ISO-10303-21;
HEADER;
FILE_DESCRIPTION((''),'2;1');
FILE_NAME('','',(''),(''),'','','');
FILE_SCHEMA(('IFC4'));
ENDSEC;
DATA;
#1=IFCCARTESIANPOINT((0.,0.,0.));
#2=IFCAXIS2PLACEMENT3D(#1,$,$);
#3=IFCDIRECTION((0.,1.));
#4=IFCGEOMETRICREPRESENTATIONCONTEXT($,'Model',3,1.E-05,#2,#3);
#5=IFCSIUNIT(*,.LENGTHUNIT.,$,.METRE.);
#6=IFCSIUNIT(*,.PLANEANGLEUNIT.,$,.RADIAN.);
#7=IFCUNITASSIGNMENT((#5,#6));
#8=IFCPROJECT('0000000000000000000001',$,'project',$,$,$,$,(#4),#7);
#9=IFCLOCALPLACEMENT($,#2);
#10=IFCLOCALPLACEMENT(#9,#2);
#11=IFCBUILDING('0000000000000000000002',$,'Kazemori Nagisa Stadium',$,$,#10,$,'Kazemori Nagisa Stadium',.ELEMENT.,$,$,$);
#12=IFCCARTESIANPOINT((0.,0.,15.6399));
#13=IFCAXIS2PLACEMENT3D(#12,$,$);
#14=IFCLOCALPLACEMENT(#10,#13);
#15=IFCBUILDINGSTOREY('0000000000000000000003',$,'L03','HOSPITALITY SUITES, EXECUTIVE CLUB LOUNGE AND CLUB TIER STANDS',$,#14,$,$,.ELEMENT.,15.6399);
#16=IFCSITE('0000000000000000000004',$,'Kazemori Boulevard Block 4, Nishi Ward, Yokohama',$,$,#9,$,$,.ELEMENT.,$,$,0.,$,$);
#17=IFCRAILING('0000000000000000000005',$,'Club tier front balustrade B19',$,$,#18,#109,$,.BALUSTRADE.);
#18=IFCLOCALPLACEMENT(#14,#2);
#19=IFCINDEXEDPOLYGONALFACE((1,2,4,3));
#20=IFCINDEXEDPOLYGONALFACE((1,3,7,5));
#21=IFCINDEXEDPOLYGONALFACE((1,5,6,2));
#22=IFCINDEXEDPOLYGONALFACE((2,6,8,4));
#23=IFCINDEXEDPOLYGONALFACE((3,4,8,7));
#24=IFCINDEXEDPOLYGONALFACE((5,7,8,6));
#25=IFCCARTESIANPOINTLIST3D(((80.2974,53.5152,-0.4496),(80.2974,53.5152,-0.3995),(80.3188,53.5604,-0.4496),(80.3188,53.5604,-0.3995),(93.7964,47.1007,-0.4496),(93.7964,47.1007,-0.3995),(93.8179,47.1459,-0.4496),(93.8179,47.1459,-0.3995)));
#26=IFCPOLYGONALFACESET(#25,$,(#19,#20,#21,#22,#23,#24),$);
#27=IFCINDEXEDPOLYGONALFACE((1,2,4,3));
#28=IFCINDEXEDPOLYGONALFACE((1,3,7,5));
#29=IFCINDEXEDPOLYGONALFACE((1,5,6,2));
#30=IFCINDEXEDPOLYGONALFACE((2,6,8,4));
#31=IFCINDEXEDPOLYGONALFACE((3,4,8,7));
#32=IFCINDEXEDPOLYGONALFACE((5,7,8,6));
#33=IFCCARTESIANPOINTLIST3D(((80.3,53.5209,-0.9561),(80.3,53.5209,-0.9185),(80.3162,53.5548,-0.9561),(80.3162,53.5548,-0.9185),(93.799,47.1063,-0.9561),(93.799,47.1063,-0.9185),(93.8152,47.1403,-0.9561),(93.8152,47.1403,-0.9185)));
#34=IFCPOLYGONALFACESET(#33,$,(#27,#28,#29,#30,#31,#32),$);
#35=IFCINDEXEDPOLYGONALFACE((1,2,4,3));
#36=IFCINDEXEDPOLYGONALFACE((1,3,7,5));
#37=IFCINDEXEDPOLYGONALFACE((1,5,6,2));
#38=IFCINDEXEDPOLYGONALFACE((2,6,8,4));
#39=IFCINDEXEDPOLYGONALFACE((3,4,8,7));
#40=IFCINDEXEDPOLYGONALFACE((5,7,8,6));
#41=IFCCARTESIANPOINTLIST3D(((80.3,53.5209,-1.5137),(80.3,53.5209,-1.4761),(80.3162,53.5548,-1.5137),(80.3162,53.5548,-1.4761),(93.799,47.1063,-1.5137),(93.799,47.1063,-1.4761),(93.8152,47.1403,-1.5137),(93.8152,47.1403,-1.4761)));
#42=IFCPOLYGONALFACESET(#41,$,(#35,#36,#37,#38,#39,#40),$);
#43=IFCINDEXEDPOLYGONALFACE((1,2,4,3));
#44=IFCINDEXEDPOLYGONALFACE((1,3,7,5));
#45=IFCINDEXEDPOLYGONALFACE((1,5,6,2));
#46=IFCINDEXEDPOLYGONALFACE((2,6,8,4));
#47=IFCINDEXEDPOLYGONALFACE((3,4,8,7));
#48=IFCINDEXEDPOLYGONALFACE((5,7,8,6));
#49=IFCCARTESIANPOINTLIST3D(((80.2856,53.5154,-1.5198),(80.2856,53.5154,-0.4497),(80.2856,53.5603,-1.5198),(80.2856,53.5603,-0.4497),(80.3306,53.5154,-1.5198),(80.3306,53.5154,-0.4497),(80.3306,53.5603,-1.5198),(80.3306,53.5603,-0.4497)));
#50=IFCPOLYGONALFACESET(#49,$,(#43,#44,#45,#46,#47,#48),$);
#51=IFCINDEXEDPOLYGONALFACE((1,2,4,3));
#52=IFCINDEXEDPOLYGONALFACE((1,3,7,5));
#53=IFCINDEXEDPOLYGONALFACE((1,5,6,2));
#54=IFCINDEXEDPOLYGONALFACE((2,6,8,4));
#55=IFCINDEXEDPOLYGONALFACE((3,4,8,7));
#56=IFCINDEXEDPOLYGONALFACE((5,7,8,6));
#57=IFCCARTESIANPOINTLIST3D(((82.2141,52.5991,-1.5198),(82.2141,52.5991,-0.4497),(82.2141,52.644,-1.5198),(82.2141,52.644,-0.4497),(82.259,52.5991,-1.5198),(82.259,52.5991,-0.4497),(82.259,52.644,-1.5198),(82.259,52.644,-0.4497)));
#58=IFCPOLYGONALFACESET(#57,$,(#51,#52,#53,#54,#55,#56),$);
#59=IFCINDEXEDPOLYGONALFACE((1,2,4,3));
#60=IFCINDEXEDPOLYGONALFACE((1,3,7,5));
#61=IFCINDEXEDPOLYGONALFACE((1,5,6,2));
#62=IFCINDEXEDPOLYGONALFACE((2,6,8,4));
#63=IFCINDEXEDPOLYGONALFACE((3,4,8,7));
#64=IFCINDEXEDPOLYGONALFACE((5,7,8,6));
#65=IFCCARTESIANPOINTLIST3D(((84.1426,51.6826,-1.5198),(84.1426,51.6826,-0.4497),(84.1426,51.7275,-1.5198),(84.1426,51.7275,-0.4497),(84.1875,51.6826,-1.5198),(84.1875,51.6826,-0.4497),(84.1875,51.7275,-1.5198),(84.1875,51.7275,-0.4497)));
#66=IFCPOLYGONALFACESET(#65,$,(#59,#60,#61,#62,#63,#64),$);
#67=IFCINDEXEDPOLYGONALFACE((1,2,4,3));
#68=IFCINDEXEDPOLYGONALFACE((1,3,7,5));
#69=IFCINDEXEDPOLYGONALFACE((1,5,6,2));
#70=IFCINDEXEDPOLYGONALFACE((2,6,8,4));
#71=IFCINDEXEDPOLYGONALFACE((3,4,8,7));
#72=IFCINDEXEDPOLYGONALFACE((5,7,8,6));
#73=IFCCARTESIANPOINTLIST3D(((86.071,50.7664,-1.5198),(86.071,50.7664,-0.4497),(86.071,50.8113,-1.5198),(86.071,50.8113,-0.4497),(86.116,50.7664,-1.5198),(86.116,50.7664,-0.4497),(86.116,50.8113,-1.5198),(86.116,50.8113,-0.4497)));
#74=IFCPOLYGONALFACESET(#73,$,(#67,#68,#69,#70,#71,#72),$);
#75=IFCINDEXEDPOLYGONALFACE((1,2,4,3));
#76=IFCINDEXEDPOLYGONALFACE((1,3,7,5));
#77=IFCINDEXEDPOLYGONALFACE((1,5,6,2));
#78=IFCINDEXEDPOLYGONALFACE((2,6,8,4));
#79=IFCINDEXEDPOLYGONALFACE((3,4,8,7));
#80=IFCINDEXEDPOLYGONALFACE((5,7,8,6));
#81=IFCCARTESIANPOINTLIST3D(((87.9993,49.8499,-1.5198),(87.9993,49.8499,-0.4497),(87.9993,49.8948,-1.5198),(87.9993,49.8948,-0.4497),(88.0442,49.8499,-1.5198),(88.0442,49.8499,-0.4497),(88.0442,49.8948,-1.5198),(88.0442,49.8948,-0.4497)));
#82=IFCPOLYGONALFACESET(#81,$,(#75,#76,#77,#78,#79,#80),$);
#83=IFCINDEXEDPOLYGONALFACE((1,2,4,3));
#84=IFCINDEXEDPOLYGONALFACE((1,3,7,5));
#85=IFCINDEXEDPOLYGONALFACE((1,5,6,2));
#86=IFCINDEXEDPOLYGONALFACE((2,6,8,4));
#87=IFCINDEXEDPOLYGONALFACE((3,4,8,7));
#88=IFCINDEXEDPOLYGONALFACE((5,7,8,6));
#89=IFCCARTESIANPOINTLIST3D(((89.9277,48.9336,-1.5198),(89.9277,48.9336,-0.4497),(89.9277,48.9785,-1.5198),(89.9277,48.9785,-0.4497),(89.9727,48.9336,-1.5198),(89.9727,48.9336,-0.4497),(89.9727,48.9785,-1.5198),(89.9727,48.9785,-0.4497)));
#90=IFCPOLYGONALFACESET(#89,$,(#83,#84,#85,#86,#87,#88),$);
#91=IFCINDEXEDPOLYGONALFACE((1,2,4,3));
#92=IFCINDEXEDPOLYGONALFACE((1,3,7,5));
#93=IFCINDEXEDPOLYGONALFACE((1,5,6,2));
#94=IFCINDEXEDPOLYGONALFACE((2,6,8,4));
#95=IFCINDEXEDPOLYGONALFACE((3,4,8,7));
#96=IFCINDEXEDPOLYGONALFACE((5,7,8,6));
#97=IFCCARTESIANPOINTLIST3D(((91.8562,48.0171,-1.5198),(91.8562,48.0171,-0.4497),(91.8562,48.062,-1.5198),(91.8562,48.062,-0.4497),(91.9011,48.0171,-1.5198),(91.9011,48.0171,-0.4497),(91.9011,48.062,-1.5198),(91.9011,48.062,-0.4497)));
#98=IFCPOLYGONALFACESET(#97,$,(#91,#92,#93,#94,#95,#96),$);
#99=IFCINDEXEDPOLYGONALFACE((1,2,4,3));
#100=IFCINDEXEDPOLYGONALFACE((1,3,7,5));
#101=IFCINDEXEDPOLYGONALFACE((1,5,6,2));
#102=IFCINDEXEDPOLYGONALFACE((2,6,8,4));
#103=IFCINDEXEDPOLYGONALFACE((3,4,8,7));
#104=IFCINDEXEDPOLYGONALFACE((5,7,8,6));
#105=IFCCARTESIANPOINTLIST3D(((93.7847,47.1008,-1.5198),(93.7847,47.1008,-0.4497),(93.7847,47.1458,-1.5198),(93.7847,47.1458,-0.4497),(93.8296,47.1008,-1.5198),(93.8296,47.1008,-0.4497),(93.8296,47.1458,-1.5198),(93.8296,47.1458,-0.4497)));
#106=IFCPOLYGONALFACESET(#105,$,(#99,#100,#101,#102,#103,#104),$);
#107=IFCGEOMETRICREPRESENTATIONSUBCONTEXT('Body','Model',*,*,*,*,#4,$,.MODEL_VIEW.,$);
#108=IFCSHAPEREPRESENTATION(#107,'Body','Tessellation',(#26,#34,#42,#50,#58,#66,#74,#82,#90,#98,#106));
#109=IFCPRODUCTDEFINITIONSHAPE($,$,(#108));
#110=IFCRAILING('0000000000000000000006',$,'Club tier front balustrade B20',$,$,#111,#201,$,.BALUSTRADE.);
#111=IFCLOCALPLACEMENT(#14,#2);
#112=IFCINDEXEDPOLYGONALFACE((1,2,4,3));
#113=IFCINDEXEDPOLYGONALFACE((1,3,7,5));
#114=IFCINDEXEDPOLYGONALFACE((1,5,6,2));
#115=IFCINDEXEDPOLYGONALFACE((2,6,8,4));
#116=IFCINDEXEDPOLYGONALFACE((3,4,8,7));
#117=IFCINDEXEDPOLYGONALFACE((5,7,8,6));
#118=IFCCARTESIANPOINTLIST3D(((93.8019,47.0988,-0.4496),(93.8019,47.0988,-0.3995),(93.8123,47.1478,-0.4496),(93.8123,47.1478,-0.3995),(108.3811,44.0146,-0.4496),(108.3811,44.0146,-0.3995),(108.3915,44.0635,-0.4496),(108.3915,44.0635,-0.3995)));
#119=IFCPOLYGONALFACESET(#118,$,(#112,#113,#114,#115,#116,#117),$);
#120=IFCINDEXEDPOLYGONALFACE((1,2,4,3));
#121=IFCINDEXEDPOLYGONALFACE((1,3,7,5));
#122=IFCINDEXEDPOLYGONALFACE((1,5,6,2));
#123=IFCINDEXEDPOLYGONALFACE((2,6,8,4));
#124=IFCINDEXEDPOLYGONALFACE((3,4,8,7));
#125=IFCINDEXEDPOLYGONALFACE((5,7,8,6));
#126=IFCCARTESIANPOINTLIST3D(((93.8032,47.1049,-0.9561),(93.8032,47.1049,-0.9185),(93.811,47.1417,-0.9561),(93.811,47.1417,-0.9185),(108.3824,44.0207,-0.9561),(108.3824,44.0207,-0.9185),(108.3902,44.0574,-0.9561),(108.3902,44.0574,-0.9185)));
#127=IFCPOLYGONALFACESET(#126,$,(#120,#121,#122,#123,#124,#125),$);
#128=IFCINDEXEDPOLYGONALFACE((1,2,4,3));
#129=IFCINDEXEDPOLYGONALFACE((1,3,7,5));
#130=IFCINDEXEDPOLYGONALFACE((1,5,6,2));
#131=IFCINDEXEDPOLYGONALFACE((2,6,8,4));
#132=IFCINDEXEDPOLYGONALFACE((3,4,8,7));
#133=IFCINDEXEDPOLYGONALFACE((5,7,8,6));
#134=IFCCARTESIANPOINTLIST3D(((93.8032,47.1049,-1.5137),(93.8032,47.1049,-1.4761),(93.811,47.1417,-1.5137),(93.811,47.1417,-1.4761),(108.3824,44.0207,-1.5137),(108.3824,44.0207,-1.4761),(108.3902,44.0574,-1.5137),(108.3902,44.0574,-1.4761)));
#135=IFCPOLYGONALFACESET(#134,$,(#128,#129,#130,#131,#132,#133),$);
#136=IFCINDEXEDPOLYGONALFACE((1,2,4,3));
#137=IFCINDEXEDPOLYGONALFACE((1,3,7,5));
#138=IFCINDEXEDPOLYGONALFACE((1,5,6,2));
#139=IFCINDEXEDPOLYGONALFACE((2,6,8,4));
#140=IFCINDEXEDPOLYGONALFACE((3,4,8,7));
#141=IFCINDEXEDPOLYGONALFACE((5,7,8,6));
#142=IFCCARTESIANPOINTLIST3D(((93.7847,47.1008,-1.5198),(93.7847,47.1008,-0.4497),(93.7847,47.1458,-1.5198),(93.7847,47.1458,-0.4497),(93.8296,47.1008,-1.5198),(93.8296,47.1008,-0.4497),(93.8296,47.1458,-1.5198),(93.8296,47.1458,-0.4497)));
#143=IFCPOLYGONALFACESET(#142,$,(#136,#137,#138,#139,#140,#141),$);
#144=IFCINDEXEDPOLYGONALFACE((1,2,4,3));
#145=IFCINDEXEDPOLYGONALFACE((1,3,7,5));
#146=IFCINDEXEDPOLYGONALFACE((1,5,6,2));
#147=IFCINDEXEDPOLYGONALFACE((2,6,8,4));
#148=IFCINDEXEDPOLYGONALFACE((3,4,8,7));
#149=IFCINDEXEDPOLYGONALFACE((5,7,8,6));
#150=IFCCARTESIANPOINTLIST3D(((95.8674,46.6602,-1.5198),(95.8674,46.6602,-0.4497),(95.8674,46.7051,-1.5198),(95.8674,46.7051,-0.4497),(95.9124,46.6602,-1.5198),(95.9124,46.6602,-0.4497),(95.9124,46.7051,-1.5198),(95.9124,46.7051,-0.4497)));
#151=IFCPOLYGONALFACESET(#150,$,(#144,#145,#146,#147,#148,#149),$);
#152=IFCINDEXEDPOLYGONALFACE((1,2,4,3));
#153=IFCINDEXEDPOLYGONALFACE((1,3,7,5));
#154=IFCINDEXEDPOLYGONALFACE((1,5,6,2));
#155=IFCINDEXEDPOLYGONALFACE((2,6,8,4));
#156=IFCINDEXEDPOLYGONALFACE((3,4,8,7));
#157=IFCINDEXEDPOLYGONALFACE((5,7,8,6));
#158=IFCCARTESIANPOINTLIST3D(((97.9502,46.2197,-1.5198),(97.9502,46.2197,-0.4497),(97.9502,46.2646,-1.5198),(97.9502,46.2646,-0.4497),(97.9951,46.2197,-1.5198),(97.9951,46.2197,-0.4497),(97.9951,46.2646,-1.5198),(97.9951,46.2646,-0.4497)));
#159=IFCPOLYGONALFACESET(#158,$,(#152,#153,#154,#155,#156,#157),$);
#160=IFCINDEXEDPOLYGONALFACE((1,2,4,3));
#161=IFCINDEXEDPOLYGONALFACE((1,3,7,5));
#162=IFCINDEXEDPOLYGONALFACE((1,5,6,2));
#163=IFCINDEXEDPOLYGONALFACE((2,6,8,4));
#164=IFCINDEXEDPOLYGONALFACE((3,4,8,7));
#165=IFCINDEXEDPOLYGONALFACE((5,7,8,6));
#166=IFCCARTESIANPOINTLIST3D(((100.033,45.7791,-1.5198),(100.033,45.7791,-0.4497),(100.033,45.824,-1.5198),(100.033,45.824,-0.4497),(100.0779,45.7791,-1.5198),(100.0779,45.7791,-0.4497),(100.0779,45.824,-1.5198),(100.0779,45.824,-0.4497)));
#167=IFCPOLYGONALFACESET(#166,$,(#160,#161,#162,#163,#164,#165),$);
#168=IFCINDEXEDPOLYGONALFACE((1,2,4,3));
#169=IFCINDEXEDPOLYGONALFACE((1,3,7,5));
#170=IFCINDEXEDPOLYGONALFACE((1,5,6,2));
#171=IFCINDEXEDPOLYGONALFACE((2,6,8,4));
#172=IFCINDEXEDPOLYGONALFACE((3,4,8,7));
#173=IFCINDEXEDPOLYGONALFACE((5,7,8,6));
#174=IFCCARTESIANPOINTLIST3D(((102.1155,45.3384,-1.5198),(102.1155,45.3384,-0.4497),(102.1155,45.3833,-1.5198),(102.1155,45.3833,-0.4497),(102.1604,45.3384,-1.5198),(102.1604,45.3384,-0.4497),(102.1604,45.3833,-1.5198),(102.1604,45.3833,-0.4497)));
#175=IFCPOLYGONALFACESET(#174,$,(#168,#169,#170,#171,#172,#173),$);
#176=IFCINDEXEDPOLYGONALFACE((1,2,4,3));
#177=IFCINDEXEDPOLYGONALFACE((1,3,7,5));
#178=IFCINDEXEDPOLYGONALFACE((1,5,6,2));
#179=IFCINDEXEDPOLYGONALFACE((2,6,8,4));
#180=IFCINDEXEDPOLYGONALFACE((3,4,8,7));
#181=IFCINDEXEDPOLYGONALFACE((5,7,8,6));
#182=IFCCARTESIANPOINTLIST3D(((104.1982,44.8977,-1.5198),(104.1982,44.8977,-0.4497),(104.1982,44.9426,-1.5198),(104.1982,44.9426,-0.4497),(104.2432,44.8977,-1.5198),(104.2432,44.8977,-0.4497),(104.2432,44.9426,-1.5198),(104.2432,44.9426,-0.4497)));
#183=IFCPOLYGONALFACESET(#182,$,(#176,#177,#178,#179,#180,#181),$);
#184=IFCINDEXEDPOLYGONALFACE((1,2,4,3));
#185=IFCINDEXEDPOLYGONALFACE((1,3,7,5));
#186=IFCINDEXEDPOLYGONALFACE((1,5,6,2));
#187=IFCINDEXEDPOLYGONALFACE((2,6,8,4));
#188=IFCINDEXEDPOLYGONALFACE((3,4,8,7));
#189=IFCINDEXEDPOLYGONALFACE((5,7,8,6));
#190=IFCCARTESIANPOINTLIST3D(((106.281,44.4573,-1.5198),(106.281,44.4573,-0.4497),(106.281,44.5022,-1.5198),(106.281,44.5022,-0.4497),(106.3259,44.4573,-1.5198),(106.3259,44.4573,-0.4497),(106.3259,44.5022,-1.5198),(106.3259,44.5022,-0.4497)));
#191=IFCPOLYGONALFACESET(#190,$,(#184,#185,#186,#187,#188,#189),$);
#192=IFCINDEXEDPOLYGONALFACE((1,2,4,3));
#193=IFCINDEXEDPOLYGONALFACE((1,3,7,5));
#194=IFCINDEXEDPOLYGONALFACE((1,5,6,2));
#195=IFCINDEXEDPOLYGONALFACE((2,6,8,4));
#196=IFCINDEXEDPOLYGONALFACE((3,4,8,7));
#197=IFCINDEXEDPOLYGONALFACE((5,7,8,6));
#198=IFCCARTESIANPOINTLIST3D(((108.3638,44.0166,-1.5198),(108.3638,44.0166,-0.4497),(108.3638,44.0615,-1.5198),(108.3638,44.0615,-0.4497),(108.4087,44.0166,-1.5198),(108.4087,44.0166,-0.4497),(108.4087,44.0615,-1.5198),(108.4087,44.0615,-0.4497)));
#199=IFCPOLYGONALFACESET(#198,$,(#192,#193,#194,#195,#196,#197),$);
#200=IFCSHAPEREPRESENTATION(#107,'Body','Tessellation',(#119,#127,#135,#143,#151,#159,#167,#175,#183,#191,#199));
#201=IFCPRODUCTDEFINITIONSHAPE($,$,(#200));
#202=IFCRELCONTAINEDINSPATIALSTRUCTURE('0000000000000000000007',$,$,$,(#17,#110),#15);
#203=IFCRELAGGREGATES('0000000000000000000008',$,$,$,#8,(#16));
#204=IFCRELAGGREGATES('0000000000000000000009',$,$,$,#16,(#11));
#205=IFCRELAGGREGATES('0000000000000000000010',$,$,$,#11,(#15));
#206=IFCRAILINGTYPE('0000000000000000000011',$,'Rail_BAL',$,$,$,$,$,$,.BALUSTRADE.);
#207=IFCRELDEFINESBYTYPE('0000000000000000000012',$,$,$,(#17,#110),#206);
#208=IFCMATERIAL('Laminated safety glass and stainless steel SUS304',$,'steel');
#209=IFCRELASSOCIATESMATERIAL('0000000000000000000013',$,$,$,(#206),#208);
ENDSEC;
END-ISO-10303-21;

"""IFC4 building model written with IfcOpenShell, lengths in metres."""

from ifc_helpers import new_model, si_unit, direction, frame, origin, origin_2d, place, context, subcontext, project, spatial, rectangle, extrude, material, type_object, element, save


model = new_model("IFC4")

# Units and contexts
model_context = context("Model", 3, precision=1e-05, world=origin(), true_north=direction((0.0, 1.0)))
body_context = subcontext(model_context, "Body", "Model", "MODEL_VIEW")
ifc_project = project(units=[si_unit("LENGTHUNIT", "METRE"), si_unit("PLANEANGLEUNIT", "RADIAN")], contexts=[model_context])

# Site, building, storey
site_placement = place(None, origin())
site = spatial("IfcSite", under=ifc_project, at=site_placement, Name="Kazemori Boulevard Block 4, Nishi Ward, Yokohama", CompositionType="ELEMENT", RefElevation=0.0)
building_placement = place(site_placement, origin())
building = spatial("IfcBuilding", under=site, at=building_placement, Name="Kazemori Nagisa Stadium", LongName="Kazemori Nagisa Stadium", CompositionType="ELEMENT")
storey_placement = place(building_placement, frame((0.0, 0.0, 15.6399)))
storey = spatial("IfcBuildingStorey", under=building, at=storey_placement, Name="L03", Description="HOSPITALITY SUITES, EXECUTIVE CLUB LOUNGE AND CLUB TIER STANDS", CompositionType="ELEMENT", Elevation=15.6399)

# Railings
ifc_material_1 = material(Name="Laminated safety glass and stainless steel SUS304", Category="steel")
railing_type = type_object("IfcRailingType", Name="Rail_BAL", PredefinedType="BALUSTRADE", material=ifc_material_1)
railing_1_placement = place(storey_placement, frame((80.3081, 53.5378, -1.5198)))
element("IfcRailing", 1, at=railing_1_placement, inside=storey, type_object=railing_type, Name="Club tier front balustrade B19", PredefinedType="BALUSTRADE", context=body_context, shape_type="SweptSolid", body=[
    extrude(rectangle(XDim=0.05, YDim=0.05, at=origin_2d()), frame((0.0, 0.0, 1.0952), z_axis=(0.903212, -0.429194, 0.0), x_axis=(0.429194, 0.903212, 0.0)), (0.0, 0.0, 1.0), 14.9456),
    extrude(rectangle(XDim=0.0376, YDim=0.0376, at=origin_2d()), frame((0.0, 0.0, 0.5825), z_axis=(0.903212, -0.429194, 0.0), x_axis=(0.429194, 0.903212, 0.0)), (0.0, 0.0, 1.0), 14.9456),
    extrude(rectangle(XDim=0.0376, YDim=0.0376, at=origin_2d()), frame((0.0, 0.0, 0.0249), z_axis=(0.903212, -0.429194, 0.0), x_axis=(0.429194, 0.903212, 0.0)), (0.0, 0.0, 1.0), 14.9456),
    extrude(rectangle(XDim=0.0449, YDim=0.0449, at=origin_2d()), origin(), (0.0, 0.0, 1.0), 1.0701),
    extrude(rectangle(XDim=0.0449, YDim=0.0449, at=origin_2d()), frame((1.9285, -0.9163, 0.0)), (0.0, 0.0, 1.0), 1.0701),
    extrude(rectangle(XDim=0.0449, YDim=0.0449, at=origin_2d()), frame((3.8569, -1.8328, 0.0)), (0.0, 0.0, 1.0), 1.0701),
    extrude(rectangle(XDim=0.0449, YDim=0.0449, at=origin_2d()), frame((5.7854, -2.749, 0.0)), (0.0, 0.0, 1.0), 1.0701),
    extrude(rectangle(XDim=0.0449, YDim=0.0449, at=origin_2d()), frame((7.7136, -3.6655, 0.0)), (0.0, 0.0, 1.0), 1.0701),
    extrude(rectangle(XDim=0.0449, YDim=0.0449, at=origin_2d()), frame((9.6421, -4.5818, 0.0)), (0.0, 0.0, 1.0), 1.0701),
    extrude(rectangle(XDim=0.0449, YDim=0.0449, at=origin_2d()), frame((11.5706, -5.4983, 0.0)), (0.0, 0.0, 1.0), 1.0701),
    extrude(rectangle(XDim=0.0449, YDim=0.0449, at=origin_2d()), frame((13.499, -6.4146, 0.0)), (0.0, 0.0, 1.0), 1.0701),
])
railing_2_placement = place(storey_placement, frame((93.8071, 47.1233, -1.5198)))
element("IfcRailing", 2, at=railing_2_placement, inside=storey, type_object=railing_type, Name="Club tier front balustrade B20", PredefinedType="BALUSTRADE", context=body_context, shape_type="SweptSolid", body=[
    extrude(rectangle(XDim=0.05, YDim=0.05, at=origin_2d()), frame((0.0, 0.0, 1.0952), z_axis=(0.978347, -0.206971, 0.0), x_axis=(0.206971, 0.978347, 0.0)), (0.0, 0.0, 1.0), 14.9019),
    extrude(rectangle(XDim=0.0376, YDim=0.0376, at=origin_2d()), frame((0.0, 0.0, 0.5825), z_axis=(0.978347, -0.206971, 0.0), x_axis=(0.206971, 0.978347, 0.0)), (0.0, 0.0, 1.0), 14.9019),
    extrude(rectangle(XDim=0.0376, YDim=0.0376, at=origin_2d()), frame((0.0, 0.0, 0.0249), z_axis=(0.978347, -0.206971, 0.0), x_axis=(0.206971, 0.978347, 0.0)), (0.0, 0.0, 1.0), 14.9019),
    extrude(rectangle(XDim=0.0449, YDim=0.0449, at=origin_2d()), origin(), (0.0, 0.0, 1.0), 1.0701),
    extrude(rectangle(XDim=0.0449, YDim=0.0449, at=origin_2d()), frame((2.0828, -0.4407, 0.0)), (0.0, 0.0, 1.0), 1.0701),
    extrude(rectangle(XDim=0.0449, YDim=0.0449, at=origin_2d()), frame((4.1655, -0.8811, 0.0)), (0.0, 0.0, 1.0), 1.0701),
    extrude(rectangle(XDim=0.0449, YDim=0.0449, at=origin_2d()), frame((6.2483, -1.3218, 0.0)), (0.0, 0.0, 1.0), 1.0701),
    extrude(rectangle(XDim=0.0449, YDim=0.0449, at=origin_2d()), frame((8.3308, -1.7625, 0.0)), (0.0, 0.0, 1.0), 1.0701),
    extrude(rectangle(XDim=0.0449, YDim=0.0449, at=origin_2d()), frame((10.4136, -2.2031, 0.0)), (0.0, 0.0, 1.0), 1.0701),
    extrude(rectangle(XDim=0.0449, YDim=0.0449, at=origin_2d()), frame((12.4963, -2.6436, 0.0)), (0.0, 0.0, 1.0), 1.0701),
    extrude(rectangle(XDim=0.0449, YDim=0.0449, at=origin_2d()), frame((14.5791, -3.0842, 0.0)), (0.0, 0.0, 1.0), 1.0701),
])

save(model, "model.ifc")
